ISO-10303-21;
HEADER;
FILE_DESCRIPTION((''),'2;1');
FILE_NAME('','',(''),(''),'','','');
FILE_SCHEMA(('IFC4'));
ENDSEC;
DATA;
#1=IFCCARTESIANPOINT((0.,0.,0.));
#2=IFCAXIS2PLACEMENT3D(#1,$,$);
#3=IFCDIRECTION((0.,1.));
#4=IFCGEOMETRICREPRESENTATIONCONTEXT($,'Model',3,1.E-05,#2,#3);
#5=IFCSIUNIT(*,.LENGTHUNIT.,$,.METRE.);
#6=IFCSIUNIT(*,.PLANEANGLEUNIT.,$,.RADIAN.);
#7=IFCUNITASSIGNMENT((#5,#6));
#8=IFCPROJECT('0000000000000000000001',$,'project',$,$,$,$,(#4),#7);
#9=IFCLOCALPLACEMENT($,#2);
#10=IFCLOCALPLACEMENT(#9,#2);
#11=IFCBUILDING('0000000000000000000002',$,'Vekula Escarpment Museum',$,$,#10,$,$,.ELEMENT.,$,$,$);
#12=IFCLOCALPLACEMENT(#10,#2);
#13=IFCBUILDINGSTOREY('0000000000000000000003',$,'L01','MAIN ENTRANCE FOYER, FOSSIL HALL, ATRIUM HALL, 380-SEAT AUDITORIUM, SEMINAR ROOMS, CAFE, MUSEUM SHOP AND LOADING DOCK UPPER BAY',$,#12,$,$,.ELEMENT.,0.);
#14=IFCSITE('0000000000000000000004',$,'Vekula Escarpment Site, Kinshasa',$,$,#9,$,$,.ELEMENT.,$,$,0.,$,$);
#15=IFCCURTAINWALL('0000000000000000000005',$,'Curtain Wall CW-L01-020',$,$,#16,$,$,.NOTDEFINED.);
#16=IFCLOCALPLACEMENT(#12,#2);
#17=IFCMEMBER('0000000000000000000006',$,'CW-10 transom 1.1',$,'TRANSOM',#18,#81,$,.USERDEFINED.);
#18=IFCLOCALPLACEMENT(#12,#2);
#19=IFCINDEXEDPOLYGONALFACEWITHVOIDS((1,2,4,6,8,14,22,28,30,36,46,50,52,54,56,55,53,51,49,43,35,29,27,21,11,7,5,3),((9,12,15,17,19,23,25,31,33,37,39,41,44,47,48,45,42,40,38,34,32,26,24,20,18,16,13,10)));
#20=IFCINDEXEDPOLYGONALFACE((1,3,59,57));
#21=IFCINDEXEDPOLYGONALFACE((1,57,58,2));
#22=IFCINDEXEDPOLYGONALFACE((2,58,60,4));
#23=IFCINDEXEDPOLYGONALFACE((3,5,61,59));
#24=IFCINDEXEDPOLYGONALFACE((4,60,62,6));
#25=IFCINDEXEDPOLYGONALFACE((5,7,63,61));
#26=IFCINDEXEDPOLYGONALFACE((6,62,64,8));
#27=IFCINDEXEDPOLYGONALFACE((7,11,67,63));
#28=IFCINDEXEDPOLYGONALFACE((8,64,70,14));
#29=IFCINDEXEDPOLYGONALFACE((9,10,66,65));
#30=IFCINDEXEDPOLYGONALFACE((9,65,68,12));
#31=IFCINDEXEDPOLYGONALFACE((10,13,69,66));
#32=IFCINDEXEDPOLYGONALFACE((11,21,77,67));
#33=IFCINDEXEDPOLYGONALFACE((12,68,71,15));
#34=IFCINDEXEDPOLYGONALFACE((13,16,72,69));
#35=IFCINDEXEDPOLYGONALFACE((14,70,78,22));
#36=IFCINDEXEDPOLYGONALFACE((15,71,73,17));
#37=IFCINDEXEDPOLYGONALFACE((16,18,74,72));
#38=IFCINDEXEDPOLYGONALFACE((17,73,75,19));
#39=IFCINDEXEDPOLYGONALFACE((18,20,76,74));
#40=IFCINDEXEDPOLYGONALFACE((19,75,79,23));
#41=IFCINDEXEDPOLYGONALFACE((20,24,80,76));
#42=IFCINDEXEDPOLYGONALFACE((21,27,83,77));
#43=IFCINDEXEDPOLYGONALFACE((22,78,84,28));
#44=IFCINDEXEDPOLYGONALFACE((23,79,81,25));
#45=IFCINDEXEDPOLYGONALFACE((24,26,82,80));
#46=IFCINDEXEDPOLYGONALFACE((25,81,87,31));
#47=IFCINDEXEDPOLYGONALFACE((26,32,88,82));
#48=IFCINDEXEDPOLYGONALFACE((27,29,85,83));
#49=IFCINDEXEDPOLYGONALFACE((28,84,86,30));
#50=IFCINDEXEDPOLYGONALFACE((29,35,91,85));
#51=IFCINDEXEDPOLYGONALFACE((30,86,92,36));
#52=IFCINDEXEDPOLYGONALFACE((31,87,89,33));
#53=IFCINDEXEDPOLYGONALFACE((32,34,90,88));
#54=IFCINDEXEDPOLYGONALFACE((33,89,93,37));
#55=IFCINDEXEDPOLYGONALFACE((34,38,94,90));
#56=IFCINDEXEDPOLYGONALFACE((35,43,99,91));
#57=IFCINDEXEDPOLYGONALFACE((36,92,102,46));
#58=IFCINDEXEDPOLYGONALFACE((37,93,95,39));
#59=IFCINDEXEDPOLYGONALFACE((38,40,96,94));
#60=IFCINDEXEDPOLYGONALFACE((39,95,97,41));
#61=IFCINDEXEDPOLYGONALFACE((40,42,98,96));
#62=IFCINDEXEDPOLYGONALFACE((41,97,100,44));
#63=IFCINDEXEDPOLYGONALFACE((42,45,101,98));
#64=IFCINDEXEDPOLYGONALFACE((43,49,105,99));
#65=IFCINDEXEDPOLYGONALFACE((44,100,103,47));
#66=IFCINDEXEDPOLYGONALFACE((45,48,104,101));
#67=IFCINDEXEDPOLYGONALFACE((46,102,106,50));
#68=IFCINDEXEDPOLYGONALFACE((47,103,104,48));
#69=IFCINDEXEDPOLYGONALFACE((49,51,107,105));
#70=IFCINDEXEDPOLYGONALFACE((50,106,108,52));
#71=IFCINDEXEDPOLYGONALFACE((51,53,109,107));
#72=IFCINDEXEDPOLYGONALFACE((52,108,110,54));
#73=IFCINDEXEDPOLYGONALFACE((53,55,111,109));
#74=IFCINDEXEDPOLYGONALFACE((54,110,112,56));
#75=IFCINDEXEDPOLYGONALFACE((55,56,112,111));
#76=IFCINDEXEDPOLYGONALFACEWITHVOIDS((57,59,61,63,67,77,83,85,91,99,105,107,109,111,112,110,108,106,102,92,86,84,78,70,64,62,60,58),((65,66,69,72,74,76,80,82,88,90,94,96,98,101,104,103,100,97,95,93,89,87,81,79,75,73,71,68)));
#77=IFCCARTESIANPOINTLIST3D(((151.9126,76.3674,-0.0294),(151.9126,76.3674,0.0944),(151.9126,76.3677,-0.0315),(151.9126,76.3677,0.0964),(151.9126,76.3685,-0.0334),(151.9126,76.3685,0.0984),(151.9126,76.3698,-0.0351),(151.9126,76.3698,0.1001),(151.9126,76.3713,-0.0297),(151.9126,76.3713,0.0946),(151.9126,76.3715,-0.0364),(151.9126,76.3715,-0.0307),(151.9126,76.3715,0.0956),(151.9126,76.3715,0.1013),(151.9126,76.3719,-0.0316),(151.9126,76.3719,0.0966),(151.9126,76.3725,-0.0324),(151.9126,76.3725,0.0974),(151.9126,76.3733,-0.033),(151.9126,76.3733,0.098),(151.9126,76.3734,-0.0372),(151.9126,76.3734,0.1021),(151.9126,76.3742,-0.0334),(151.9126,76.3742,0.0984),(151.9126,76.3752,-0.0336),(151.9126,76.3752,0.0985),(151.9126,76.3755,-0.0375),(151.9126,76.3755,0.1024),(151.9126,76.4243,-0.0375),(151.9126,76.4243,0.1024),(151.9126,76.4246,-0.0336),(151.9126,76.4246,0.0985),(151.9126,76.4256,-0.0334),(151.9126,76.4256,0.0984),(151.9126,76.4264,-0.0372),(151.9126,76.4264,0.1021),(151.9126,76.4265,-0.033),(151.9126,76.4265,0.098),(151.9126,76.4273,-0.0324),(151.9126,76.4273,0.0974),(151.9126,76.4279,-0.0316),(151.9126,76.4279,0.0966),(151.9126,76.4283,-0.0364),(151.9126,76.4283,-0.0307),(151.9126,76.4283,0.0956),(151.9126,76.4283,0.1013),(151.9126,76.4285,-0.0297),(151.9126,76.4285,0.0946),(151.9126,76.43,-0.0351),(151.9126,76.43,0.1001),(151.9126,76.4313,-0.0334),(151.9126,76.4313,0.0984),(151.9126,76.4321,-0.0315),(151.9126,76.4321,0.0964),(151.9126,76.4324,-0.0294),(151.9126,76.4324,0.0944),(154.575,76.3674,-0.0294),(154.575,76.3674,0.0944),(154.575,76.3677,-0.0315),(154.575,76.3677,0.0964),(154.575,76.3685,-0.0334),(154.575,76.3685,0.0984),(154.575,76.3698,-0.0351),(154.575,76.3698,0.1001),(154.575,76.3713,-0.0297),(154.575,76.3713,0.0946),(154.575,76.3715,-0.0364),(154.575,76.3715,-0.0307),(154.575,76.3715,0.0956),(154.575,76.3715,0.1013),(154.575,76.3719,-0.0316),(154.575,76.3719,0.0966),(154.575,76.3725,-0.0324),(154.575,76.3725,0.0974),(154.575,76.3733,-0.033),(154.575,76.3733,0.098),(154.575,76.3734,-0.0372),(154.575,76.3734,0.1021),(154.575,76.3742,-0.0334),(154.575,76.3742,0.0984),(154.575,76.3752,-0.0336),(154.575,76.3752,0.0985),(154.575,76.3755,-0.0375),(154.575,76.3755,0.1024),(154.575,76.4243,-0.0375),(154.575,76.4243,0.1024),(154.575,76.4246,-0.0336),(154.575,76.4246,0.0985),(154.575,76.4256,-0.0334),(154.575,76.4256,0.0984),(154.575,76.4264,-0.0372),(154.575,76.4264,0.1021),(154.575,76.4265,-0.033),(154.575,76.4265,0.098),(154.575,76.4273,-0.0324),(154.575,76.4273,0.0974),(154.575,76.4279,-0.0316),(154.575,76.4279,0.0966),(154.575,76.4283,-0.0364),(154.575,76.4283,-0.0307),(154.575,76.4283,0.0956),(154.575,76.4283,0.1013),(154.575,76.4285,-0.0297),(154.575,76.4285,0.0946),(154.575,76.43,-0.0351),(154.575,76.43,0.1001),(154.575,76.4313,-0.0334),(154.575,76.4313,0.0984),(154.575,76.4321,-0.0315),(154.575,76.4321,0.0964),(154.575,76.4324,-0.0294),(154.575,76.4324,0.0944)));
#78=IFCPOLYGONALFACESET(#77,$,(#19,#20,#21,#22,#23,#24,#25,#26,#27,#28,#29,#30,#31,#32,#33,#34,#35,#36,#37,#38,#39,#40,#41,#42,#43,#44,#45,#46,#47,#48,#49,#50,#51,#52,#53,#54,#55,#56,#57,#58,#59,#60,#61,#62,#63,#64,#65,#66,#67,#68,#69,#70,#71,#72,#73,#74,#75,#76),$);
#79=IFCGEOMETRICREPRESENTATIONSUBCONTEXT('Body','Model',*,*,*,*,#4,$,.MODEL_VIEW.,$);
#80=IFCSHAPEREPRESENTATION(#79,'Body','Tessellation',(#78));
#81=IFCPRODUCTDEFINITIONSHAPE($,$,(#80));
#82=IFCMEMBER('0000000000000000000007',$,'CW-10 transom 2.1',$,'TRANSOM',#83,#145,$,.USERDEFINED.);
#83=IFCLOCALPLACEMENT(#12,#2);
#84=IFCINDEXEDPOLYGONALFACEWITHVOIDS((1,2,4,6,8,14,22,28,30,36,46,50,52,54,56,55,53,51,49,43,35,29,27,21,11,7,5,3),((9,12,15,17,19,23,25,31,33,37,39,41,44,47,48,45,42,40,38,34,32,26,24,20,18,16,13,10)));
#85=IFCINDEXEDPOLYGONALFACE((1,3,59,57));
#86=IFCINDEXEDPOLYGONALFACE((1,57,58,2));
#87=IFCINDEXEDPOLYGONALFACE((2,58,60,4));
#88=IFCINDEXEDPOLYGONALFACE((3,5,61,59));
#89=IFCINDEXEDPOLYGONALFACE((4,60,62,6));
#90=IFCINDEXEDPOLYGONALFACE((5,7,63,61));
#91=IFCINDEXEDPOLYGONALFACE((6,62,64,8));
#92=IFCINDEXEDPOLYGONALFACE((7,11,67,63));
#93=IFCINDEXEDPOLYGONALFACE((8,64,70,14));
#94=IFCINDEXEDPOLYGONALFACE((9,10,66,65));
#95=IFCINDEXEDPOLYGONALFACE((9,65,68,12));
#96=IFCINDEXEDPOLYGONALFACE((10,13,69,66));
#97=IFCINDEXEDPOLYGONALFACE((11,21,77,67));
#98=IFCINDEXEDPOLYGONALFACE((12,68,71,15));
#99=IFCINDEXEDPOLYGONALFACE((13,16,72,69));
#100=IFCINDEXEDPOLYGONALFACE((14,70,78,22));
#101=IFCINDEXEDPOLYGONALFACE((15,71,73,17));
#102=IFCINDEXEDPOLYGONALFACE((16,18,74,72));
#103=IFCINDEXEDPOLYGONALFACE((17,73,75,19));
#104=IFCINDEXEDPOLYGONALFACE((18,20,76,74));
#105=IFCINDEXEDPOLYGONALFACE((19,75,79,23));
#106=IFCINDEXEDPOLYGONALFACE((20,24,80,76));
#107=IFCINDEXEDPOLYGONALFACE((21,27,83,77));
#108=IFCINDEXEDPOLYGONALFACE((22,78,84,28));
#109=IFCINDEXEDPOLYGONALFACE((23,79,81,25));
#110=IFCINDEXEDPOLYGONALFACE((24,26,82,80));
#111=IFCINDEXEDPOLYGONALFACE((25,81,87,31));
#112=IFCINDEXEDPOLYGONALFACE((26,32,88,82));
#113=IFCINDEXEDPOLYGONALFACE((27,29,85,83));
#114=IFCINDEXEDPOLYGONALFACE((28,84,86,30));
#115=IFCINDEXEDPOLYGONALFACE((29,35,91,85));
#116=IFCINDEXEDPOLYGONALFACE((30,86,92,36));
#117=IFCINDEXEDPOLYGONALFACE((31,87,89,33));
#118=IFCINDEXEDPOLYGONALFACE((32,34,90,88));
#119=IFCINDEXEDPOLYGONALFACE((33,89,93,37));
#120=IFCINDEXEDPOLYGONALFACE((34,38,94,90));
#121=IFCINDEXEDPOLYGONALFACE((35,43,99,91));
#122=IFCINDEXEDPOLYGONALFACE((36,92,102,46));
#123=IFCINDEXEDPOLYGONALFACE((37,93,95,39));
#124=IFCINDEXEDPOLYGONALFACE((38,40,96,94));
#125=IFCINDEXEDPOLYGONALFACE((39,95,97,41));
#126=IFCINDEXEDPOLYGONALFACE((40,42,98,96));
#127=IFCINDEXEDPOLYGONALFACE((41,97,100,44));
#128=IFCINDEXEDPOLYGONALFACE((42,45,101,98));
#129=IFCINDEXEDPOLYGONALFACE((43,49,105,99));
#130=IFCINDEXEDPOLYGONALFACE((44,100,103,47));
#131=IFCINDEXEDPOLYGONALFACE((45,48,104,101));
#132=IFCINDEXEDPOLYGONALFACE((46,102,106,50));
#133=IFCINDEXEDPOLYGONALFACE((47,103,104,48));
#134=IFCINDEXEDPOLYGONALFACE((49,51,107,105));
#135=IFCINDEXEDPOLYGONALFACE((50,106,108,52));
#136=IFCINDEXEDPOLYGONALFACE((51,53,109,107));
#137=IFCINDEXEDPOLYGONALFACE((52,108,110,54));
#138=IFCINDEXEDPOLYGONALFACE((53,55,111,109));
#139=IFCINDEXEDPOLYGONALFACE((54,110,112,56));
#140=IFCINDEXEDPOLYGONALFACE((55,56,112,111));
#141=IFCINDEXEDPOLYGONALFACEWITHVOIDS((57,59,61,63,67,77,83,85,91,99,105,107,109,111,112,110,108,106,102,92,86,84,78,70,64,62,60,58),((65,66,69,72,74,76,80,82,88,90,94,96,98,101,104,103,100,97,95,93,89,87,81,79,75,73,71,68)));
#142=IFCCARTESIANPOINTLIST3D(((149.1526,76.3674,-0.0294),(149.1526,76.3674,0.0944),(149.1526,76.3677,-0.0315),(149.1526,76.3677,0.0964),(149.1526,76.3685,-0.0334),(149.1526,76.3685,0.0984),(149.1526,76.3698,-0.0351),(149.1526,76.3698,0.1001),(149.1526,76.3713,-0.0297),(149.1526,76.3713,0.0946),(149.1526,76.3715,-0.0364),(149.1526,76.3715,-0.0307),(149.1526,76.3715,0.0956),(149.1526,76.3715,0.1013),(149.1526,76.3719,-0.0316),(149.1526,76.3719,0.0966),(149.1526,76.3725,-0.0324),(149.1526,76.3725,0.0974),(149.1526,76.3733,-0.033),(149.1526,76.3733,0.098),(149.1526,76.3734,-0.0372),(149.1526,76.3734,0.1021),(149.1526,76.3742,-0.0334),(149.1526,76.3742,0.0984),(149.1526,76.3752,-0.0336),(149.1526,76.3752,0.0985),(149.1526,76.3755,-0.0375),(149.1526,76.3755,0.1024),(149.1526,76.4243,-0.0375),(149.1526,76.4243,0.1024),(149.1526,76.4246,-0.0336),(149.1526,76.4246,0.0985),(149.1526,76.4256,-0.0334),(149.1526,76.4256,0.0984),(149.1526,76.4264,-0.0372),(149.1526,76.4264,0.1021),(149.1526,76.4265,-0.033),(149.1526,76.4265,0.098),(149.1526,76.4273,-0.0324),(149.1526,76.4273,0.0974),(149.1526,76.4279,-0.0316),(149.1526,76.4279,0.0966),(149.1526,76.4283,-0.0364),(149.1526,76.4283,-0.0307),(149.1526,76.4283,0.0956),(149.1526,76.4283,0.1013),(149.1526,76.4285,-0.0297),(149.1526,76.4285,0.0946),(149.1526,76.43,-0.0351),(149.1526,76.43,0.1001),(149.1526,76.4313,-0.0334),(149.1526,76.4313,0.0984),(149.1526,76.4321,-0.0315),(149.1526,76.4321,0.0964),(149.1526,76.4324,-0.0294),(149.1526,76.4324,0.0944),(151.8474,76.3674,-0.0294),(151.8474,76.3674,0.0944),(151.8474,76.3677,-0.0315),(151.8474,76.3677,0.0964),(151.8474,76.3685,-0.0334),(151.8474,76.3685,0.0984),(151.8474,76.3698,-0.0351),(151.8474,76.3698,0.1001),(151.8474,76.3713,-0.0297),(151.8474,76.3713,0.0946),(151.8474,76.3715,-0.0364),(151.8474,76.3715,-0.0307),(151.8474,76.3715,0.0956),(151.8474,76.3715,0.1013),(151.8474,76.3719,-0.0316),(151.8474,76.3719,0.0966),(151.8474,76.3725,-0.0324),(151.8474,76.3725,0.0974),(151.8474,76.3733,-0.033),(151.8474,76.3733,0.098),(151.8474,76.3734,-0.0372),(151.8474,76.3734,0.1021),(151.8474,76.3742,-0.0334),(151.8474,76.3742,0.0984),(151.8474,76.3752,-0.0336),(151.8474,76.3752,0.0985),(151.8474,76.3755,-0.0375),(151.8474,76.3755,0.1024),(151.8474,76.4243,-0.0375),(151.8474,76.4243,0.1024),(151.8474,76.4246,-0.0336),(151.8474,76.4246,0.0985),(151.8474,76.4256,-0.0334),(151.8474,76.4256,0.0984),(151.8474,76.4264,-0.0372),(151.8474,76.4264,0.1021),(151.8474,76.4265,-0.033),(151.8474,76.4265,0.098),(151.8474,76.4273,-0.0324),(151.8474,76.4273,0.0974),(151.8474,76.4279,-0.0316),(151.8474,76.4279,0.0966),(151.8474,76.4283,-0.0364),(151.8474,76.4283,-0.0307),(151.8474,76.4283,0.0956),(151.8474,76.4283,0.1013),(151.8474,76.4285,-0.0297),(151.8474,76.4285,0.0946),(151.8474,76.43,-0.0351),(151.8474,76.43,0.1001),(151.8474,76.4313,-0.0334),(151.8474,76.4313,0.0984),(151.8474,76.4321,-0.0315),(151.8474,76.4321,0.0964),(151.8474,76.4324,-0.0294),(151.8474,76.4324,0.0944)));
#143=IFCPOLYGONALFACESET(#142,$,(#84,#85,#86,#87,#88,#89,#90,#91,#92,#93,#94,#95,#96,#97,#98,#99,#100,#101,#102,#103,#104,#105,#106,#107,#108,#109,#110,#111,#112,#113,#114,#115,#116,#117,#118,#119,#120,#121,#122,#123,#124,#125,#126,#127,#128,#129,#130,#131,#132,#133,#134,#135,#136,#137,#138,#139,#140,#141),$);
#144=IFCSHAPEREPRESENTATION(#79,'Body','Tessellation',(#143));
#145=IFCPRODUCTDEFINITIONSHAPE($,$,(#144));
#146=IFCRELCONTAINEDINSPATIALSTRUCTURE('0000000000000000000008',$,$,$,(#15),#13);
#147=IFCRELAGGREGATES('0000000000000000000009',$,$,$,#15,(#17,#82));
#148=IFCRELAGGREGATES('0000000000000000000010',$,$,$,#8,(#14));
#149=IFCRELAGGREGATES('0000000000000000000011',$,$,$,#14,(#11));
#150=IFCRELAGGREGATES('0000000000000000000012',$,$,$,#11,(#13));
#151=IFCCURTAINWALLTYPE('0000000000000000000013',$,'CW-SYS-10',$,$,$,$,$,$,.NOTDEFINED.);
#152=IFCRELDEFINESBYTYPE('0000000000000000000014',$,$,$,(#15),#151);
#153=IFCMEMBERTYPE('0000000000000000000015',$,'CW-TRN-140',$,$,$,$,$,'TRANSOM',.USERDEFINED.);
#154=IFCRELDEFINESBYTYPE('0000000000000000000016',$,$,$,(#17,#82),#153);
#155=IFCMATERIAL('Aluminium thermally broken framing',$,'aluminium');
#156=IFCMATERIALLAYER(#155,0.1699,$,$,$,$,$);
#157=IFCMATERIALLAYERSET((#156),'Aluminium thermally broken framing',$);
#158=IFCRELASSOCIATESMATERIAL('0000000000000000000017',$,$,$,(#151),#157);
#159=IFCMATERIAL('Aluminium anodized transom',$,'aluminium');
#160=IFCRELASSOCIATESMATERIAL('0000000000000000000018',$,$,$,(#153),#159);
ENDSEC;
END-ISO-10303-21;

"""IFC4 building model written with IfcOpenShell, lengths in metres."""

from ifc_helpers import new_model, si_unit, direction, frame, origin, origin_2d, place, context, subcontext, project, spatial, hollow_rectangle, extrude, material, layer, layer_set, material_profile, profile_set, type_object, element, aggregate, save


model = new_model("IFC4")

# Units and contexts
model_context = context("Model", 3, precision=1e-05, world=origin(), true_north=direction((0.0, 1.0)))
body_context = subcontext(model_context, "Body", "Model", "MODEL_VIEW")
ifc_project = project(units=[si_unit("LENGTHUNIT", "METRE"), si_unit("PLANEANGLEUNIT", "RADIAN")], contexts=[model_context])

# Site, building, storey
site_placement = place(None, origin())
site = spatial("IfcSite", under=ifc_project, at=site_placement, Name="Vekula Escarpment Site, Kinshasa", CompositionType="ELEMENT", RefElevation=0.0)
building_placement = place(site_placement, origin())
building = spatial("IfcBuilding", under=site, at=building_placement, Name="Vekula Escarpment Museum", CompositionType="ELEMENT")
storey_placement = place(building_placement, origin())
storey = spatial("IfcBuildingStorey", under=building, at=storey_placement, Name="L01", Description="MAIN ENTRANCE FOYER, FOSSIL HALL, ATRIUM HALL, 380-SEAT AUDITORIUM, SEMINAR ROOMS, CAFE, MUSEUM SHOP AND LOADING DOCK UPPER BAY", CompositionType="ELEMENT", Elevation=0.0)

# Curtain wall
ifc_material_1 = material(Name="Aluminium thermally broken framing", Category="aluminium")
ifc_layer_1 = layer(ifc_material_1, 0.1699)
ifc_layer_set_1 = layer_set([ifc_layer_1], Name="Aluminium thermally broken framing")
curtain_wall_type_1 = type_object("IfcCurtainWallType", Name="CW-SYS-10", PredefinedType="NOTDEFINED", material=ifc_layer_set_1)
curtain_wall_1_placement = place(storey_placement, origin())
curtain_wall_1 = element("IfcCurtainWall", 1, at=curtain_wall_1_placement, inside=storey, type_object=curtain_wall_type_1, Name="Curtain Wall CW-L01-020", PredefinedType="NOTDEFINED")

# Members
ifc_material_2 = material(Name="Aluminium anodized transom", Category="aluminium")
ifc_material_profile_1 = material_profile(ifc_material_2, hollow_rectangle(XDim=0.0649, YDim=0.1399, WallThickness=0.0039, InnerFilletRadius=0.0039, OuterFilletRadius=0.0081, at=origin_2d()), Name="ALU 140x65x4")
ifc_profile_set_1 = profile_set([ifc_material_profile_1], Name="Aluminium anodized transom")
member_type_1 = type_object("IfcMemberType", Name="CW-TRN-140", ElementType="TRANSOM", PredefinedType="USERDEFINED", material=ifc_profile_set_1)
member_1_placement = place(storey_placement, frame((154.575, 76.3999, 0.0325), z_axis=(-1.0, 0.0, 0.0), x_axis=(0.0, -1.0, 0.0)))
member_1 = element("IfcMember", 2, at=member_1_placement, type_object=member_type_1, Name="CW-10 transom 1.1", ObjectType="TRANSOM", PredefinedType="USERDEFINED", context=body_context, shape_type="SweptSolid", body=[
    extrude(hollow_rectangle(XDim=0.0649, YDim=0.1399, WallThickness=0.0039, InnerFilletRadius=0.0039, OuterFilletRadius=0.0081, at=origin_2d()), origin(), (0.0, 0.0, 1.0), 2.6624),
])
member_2_placement = place(storey_placement, frame((151.8474, 76.3999, 0.0325), z_axis=(-1.0, 0.0, 0.0), x_axis=(0.0, -1.0, 0.0)))
member_2 = element("IfcMember", 3, at=member_2_placement, type_object=member_type_1, Name="CW-10 transom 2.1", ObjectType="TRANSOM", PredefinedType="USERDEFINED", context=body_context, shape_type="SweptSolid", body=[
    extrude(hollow_rectangle(XDim=0.0649, YDim=0.1399, WallThickness=0.0039, InnerFilletRadius=0.0039, OuterFilletRadius=0.0081, at=origin_2d()), origin(), (0.0, 0.0, 1.0), 2.6948),
])

aggregate(curtain_wall_1, [member_1, member_2])

save(model, "model.ifc")
